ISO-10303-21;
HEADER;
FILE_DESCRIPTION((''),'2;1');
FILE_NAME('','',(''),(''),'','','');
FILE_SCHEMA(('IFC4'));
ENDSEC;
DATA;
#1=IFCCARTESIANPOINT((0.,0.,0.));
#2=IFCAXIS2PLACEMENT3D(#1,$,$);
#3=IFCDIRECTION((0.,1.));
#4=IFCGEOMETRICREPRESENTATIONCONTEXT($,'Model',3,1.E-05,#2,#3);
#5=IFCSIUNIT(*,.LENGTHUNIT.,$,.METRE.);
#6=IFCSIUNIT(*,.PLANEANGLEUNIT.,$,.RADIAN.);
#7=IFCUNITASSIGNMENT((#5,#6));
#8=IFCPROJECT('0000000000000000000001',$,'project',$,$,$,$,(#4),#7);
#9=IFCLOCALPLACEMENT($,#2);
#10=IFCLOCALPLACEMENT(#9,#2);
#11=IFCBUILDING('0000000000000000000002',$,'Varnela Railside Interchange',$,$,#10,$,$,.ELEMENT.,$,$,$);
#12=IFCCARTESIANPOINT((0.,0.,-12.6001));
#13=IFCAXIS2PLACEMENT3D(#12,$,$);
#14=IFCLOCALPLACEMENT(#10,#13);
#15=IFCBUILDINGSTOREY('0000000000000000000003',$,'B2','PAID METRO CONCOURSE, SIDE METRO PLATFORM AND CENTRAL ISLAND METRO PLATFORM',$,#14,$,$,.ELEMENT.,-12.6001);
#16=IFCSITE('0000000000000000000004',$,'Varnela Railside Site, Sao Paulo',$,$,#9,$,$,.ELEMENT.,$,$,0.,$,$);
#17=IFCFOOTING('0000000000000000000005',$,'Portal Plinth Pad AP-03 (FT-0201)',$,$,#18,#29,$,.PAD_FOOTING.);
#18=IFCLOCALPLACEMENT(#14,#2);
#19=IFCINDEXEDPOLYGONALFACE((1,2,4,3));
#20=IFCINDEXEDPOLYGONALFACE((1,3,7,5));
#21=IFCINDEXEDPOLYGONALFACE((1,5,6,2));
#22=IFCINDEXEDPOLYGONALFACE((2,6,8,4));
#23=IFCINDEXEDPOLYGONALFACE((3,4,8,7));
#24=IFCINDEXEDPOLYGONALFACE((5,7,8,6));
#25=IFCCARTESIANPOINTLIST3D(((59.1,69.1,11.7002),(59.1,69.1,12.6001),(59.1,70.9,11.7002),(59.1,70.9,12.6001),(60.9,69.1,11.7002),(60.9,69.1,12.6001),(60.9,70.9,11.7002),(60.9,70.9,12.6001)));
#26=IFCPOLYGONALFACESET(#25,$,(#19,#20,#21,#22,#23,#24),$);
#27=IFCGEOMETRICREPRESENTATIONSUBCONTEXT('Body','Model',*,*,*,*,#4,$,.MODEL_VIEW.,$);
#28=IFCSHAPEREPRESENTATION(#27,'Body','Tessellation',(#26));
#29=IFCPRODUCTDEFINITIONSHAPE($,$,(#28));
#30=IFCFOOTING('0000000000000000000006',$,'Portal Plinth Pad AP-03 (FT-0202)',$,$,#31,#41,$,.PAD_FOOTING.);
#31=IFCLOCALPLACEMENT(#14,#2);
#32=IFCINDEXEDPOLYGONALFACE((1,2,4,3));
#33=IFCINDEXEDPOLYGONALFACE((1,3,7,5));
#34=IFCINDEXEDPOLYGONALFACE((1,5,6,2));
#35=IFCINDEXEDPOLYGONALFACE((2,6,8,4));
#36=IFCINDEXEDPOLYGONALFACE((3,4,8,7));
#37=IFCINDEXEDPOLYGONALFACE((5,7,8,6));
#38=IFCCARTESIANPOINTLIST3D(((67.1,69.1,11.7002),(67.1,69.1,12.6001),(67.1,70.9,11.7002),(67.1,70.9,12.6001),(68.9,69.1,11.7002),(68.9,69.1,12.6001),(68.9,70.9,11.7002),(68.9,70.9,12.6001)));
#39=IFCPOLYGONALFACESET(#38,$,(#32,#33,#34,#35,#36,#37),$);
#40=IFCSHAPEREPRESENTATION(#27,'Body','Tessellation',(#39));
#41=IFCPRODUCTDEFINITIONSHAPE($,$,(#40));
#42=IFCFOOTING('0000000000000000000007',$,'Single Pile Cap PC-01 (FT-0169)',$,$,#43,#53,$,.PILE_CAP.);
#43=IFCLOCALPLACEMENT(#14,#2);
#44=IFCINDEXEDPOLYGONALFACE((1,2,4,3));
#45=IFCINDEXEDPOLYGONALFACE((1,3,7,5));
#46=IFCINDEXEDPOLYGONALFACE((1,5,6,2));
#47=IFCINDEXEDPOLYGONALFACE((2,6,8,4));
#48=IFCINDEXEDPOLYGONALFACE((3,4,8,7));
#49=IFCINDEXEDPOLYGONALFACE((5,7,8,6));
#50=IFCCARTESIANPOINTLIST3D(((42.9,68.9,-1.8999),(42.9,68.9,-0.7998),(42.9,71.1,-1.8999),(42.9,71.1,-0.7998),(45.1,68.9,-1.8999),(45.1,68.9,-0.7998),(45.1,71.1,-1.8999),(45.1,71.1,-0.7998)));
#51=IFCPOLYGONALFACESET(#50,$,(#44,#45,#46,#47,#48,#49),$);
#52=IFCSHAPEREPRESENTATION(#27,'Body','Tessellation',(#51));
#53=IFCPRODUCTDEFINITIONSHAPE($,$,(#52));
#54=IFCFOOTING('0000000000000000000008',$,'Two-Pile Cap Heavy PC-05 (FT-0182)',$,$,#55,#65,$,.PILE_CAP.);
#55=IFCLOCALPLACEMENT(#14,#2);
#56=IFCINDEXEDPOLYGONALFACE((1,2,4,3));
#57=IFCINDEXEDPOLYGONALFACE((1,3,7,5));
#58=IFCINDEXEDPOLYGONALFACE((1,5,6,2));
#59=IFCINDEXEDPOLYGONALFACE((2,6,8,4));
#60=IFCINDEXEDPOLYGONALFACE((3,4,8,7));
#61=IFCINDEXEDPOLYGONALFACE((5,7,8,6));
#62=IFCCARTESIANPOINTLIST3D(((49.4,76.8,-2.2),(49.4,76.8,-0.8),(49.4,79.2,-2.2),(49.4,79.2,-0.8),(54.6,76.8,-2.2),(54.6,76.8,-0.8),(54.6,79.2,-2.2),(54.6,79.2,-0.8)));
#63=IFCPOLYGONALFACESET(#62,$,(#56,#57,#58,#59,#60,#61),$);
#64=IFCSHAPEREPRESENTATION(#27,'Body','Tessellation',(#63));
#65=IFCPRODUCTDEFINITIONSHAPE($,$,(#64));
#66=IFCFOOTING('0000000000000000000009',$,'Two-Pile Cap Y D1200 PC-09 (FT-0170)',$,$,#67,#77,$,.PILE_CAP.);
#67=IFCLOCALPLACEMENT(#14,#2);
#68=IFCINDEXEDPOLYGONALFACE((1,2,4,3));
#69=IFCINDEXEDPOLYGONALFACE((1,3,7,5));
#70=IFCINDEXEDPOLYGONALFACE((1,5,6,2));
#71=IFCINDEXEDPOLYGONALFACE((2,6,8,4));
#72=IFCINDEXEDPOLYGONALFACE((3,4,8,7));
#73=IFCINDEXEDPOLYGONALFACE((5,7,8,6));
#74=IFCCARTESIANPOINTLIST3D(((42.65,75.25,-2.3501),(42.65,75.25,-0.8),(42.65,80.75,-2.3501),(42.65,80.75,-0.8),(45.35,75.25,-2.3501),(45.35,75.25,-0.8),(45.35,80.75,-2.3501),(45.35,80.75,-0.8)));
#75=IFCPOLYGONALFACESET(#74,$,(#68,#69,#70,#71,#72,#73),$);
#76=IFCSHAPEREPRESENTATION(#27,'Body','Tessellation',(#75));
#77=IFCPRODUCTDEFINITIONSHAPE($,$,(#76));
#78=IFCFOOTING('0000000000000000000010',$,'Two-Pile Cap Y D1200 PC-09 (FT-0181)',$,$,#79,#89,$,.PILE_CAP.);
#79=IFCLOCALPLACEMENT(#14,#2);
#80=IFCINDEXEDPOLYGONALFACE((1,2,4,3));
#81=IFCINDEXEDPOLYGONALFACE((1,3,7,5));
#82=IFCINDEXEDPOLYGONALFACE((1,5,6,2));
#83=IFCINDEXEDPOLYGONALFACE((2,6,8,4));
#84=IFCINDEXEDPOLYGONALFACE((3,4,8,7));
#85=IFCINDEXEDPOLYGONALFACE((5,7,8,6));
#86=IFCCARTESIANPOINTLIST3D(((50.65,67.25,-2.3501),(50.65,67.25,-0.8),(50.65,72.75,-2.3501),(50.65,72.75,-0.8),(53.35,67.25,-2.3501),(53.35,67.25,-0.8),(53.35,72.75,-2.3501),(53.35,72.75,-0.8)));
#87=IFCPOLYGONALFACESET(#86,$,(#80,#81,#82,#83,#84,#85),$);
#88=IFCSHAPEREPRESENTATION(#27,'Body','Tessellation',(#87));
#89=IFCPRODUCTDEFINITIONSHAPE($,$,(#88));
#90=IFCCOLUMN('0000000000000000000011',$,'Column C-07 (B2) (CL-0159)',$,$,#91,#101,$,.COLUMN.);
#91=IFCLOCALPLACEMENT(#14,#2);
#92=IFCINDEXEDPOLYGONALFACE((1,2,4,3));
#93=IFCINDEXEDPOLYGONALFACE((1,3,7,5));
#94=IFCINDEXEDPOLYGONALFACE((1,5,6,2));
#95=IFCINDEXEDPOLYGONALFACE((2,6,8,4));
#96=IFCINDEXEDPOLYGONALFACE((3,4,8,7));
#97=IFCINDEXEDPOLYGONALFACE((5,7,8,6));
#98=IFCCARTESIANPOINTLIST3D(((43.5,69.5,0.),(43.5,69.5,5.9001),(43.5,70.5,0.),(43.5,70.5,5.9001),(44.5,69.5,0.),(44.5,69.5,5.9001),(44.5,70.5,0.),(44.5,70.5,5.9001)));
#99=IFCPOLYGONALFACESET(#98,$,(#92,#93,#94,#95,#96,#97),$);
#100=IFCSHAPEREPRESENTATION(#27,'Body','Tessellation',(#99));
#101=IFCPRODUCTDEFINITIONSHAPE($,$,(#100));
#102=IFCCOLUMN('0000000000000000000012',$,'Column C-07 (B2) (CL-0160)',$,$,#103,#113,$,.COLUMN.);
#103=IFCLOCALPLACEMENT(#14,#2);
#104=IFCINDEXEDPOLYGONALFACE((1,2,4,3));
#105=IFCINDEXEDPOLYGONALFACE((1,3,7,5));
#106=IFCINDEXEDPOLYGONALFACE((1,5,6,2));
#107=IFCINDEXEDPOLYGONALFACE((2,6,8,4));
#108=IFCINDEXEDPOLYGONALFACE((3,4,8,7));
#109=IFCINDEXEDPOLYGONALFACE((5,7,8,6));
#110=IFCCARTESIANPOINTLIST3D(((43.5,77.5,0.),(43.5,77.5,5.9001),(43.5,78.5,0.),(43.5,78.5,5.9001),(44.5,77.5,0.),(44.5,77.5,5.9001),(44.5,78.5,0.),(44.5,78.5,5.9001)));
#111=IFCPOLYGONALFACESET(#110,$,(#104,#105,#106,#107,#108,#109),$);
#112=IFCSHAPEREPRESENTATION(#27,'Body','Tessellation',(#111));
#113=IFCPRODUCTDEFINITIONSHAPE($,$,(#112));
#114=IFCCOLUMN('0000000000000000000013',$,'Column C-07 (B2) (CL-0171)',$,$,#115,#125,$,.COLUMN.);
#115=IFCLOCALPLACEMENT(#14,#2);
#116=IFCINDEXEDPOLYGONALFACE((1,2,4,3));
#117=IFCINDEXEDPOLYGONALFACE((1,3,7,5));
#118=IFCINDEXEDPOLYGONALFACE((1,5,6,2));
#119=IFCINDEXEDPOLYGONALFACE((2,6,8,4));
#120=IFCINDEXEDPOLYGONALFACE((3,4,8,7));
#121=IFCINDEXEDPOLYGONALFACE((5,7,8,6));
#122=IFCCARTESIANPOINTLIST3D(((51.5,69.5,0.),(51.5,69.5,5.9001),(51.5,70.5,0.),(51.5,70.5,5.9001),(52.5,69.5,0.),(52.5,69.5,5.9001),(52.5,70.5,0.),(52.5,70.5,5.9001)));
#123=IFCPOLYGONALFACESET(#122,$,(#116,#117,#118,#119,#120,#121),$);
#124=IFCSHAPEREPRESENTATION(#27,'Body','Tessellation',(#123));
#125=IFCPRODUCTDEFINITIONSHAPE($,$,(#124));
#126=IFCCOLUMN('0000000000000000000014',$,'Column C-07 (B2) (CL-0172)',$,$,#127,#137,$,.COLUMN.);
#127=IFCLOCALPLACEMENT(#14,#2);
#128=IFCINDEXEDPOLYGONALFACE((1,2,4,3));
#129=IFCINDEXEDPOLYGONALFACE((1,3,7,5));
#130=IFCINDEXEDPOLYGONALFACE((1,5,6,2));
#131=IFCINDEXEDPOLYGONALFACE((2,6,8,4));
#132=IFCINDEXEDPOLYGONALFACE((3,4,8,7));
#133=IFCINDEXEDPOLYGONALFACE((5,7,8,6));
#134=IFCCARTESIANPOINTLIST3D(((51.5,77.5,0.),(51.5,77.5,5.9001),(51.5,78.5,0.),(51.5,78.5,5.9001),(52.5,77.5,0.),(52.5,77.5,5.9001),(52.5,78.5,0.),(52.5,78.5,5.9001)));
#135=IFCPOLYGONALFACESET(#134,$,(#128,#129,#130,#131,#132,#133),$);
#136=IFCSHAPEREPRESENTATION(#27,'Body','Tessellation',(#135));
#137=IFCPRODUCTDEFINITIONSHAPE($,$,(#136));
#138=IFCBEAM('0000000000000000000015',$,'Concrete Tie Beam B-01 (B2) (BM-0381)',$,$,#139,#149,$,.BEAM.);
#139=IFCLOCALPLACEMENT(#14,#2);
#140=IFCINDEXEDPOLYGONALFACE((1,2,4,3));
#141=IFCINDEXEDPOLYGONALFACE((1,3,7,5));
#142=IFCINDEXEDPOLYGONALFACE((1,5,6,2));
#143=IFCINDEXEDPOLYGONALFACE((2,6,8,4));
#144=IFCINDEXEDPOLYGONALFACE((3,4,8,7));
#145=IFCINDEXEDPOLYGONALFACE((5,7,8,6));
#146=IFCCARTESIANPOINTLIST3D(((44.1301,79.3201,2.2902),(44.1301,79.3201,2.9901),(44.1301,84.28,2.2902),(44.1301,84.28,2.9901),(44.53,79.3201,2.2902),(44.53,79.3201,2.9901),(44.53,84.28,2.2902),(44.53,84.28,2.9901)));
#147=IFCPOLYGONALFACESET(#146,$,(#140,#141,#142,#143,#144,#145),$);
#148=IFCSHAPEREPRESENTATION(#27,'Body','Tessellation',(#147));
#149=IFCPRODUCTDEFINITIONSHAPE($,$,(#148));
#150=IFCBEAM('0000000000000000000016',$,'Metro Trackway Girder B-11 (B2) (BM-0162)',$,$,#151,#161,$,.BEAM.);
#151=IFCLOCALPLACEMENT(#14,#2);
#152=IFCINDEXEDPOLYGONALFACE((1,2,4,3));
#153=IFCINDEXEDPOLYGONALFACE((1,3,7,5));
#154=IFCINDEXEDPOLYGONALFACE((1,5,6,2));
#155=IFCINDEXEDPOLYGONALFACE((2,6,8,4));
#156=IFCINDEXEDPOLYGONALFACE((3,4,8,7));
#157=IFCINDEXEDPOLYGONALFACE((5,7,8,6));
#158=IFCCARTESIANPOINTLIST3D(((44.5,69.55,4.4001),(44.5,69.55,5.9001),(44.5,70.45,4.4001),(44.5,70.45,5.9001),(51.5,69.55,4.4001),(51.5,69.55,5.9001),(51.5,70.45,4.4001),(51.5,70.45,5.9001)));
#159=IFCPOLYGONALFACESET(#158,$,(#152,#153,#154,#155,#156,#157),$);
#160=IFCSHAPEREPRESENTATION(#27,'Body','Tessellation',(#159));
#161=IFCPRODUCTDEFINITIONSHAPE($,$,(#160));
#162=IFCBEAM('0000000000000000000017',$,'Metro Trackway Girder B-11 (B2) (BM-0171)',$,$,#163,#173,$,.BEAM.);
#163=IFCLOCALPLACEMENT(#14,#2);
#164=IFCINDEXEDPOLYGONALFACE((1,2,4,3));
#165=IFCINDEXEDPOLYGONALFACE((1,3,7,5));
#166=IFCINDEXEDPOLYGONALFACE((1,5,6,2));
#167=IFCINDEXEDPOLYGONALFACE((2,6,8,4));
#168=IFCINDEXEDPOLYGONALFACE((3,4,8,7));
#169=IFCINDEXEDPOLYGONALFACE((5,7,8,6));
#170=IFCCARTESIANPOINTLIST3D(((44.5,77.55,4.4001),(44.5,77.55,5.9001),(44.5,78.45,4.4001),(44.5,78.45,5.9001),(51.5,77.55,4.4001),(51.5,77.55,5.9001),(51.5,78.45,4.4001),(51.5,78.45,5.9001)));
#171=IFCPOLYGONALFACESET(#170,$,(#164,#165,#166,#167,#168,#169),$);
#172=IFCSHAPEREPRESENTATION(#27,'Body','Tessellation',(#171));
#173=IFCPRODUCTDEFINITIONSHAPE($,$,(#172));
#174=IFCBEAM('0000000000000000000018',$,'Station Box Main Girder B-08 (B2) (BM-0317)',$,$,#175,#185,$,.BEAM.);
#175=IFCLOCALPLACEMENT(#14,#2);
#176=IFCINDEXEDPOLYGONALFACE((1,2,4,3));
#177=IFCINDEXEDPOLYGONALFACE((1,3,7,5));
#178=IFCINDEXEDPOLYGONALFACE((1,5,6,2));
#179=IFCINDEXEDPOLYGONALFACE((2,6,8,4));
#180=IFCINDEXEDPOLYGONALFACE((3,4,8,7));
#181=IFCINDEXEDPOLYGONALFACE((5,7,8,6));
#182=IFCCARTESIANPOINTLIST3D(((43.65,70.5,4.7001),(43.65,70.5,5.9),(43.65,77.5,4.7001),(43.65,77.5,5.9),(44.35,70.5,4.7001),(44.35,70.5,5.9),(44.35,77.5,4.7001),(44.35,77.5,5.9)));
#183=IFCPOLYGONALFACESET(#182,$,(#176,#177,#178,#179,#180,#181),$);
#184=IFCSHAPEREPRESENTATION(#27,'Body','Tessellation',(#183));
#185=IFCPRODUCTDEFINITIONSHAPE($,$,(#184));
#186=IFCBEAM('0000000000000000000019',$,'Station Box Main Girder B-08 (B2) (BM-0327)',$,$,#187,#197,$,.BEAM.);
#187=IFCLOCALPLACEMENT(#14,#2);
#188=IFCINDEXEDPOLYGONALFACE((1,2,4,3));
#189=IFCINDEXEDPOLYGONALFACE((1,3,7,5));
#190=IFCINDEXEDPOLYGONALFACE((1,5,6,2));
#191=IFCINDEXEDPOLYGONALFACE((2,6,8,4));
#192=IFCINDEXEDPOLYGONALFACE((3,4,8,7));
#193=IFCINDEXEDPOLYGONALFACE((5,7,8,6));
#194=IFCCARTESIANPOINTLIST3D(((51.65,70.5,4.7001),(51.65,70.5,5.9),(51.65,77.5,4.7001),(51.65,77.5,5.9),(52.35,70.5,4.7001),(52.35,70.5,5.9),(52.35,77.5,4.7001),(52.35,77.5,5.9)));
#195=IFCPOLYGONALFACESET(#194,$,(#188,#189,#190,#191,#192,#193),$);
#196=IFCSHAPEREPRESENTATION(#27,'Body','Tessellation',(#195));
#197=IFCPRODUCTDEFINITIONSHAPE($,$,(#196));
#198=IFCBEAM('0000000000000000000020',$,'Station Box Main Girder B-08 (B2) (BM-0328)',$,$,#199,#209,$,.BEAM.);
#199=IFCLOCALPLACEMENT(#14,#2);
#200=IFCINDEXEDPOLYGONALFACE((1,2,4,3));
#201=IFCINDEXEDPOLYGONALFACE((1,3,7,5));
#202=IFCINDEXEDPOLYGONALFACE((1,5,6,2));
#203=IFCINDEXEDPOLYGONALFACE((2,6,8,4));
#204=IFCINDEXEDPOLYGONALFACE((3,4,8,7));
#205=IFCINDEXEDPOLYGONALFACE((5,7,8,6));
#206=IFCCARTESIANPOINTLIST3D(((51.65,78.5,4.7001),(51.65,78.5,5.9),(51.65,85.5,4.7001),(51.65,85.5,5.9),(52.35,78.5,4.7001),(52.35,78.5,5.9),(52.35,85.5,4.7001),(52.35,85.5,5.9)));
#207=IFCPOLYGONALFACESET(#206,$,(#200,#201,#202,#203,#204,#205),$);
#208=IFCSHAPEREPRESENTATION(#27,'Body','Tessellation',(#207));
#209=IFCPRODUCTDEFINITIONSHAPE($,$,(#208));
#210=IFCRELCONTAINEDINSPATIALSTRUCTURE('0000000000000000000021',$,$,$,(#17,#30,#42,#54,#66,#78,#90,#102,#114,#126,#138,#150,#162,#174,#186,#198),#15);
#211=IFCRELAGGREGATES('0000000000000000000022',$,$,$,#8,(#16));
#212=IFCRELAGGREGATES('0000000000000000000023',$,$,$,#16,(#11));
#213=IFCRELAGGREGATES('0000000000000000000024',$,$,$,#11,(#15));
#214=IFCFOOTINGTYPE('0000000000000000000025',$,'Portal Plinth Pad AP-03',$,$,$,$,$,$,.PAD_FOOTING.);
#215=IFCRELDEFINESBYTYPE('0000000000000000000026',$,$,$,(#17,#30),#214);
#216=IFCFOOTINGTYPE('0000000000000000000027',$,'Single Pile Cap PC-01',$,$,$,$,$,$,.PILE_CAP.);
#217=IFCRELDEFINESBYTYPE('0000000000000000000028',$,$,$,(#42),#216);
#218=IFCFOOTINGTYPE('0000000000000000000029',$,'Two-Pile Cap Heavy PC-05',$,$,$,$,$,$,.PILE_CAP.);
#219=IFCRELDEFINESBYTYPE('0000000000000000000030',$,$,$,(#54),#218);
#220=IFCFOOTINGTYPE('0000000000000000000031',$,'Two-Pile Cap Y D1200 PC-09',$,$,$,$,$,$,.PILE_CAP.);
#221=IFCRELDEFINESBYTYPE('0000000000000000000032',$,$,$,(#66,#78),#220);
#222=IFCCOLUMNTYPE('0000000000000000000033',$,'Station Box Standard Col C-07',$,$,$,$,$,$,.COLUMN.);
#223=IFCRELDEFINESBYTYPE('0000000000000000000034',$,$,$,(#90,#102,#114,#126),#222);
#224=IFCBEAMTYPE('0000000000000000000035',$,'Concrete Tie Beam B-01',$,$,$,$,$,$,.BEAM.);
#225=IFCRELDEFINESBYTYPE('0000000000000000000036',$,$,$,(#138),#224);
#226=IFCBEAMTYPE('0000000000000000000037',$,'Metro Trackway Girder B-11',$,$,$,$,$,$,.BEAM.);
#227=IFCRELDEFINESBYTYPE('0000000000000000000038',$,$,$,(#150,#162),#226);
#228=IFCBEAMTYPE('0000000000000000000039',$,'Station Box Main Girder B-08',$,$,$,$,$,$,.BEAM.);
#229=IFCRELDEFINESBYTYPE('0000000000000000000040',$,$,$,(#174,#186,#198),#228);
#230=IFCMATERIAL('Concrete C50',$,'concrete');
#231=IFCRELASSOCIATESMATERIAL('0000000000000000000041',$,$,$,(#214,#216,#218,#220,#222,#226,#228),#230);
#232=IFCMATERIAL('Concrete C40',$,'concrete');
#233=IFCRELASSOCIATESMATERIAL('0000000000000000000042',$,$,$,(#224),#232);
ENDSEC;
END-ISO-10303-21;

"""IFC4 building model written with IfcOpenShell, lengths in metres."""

from ifc_helpers import new_model, si_unit, direction, frame, origin, origin_2d, place, context, subcontext, project, spatial, rectangle, extrude, material, material_profile, profile_set, type_object, element, save


model = new_model("IFC4")

# Units and contexts
model_context = context("Model", 3, precision=1e-05, world=origin(), true_north=direction((0.0, 1.0)))
body_context = subcontext(model_context, "Body", "Model", "MODEL_VIEW")
ifc_project = project(units=[si_unit("LENGTHUNIT", "METRE"), si_unit("PLANEANGLEUNIT", "RADIAN")], contexts=[model_context])

# Site, building, storey
site_placement = place(None, origin())
site = spatial("IfcSite", under=ifc_project, at=site_placement, Name="Varnela Railside Site, Sao Paulo", CompositionType="ELEMENT", RefElevation=0.0)
building_placement = place(site_placement, origin())
building = spatial("IfcBuilding", under=site, at=building_placement, Name="Varnela Railside Interchange", CompositionType="ELEMENT")
storey_placement = place(building_placement, frame((0.0, 0.0, -12.6001)))
storey = spatial("IfcBuildingStorey", under=building, at=storey_placement, Name="B2", Description="PAID METRO CONCOURSE, SIDE METRO PLATFORM AND CENTRAL ISLAND METRO PLATFORM", CompositionType="ELEMENT", Elevation=-12.6001)

# Shared definitions
ifc_material_1 = material(Name="Concrete C40", Category="concrete")

# Footings
ifc_material_2 = material(Name="Concrete C50", Category="concrete")
footing_type_1 = type_object("IfcFootingType", Name="Portal Plinth Pad AP-03", PredefinedType="PAD_FOOTING", material=ifc_material_2)
for number, where, z_axis, x_axis, name in (
    (1, (60.0, 70.0, 11.7002), (0.0, 0.0, 1.0), (1.0, 0.0, 0.0), "Portal Plinth Pad AP-03 (FT-0201)"),
    (2, (68.0, 70.0, 11.7002), (0.0, 0.0, 1.0), (1.0, 0.0, 0.0), "Portal Plinth Pad AP-03 (FT-0202)"),
):
    element("IfcFooting", number, at=place(storey_placement, frame(where, z_axis=z_axis, x_axis=x_axis)), inside=storey, type_object=footing_type_1, Name=name, PredefinedType="PAD_FOOTING", context=body_context, shape_type="SweptSolid", body=[
        extrude(rectangle(XDim=1.8, YDim=1.8, at=origin_2d()), origin(), (0.0, 0.0, 1.0), 0.8999),
    ])
footing_type_2 = type_object("IfcFootingType", Name="Single Pile Cap PC-01", PredefinedType="PILE_CAP", material=ifc_material_2)
footing_1_placement = place(storey_placement, frame((44.0, 70.0, -1.8999), z_axis=(0.0, 0.0, 1.0), x_axis=(1.0, 0.0, 0.0)))
element("IfcFooting", 3, at=footing_1_placement, inside=storey, type_object=footing_type_2, Name="Single Pile Cap PC-01 (FT-0169)", PredefinedType="PILE_CAP", context=body_context, shape_type="SweptSolid", body=[
    extrude(rectangle(XDim=2.2, YDim=2.2, at=origin_2d()), origin(), (0.0, 0.0, 1.0), 1.1001),
])
footing_type_3 = type_object("IfcFootingType", Name="Two-Pile Cap Heavy PC-05", PredefinedType="PILE_CAP", material=ifc_material_2)
footing_2_placement = place(storey_placement, frame((52.0, 78.0, -2.2), z_axis=(0.0, 0.0, 1.0), x_axis=(1.0, 0.0, 0.0)))
element("IfcFooting", 4, at=footing_2_placement, inside=storey, type_object=footing_type_3, Name="Two-Pile Cap Heavy PC-05 (FT-0182)", PredefinedType="PILE_CAP", context=body_context, shape_type="SweptSolid", body=[
    extrude(rectangle(XDim=5.2, YDim=2.3999, at=origin_2d()), origin(), (0.0, 0.0, 1.0), 1.3999),
])
footing_type_4 = type_object("IfcFootingType", Name="Two-Pile Cap Y D1200 PC-09", PredefinedType="PILE_CAP", material=ifc_material_2)
for number, where, z_axis, x_axis, name in (
    (5, (44.0, 78.0, -2.3501), (0.0, 0.0, 1.0), (1.0, 0.0, 0.0), "Two-Pile Cap Y D1200 PC-09 (FT-0170)"),
    (6, (52.0, 70.0, -2.3501), (0.0, 0.0, 1.0), (1.0, 0.0, 0.0), "Two-Pile Cap Y D1200 PC-09 (FT-0181)"),
):
    element("IfcFooting", number, at=place(storey_placement, frame(where, z_axis=z_axis, x_axis=x_axis)), inside=storey, type_object=footing_type_4, Name=name, PredefinedType="PILE_CAP", context=body_context, shape_type="SweptSolid", body=[
        extrude(rectangle(XDim=2.7, YDim=5.5, at=origin_2d()), origin(), (0.0, 0.0, 1.0), 1.55),
    ])

# Columns
ifc_material_profile_1 = material_profile(ifc_material_2, rectangle(XDim=1.0, YDim=1.0, at=origin_2d()), Name="RC 1000x1000")
ifc_profile_set_1 = profile_set([ifc_material_profile_1], Name="Concrete C50")
column_type = type_object("IfcColumnType", Name="Station Box Standard Col C-07", PredefinedType="COLUMN", material=ifc_profile_set_1)
for number, where, z_axis, x_axis, name in (
    (7, (44.0, 70.0, 0.0), (0.0, 0.0, 1.0), (1.0, 0.0, 0.0), "Column C-07 (B2) (CL-0159)"),
    (8, (44.0, 78.0, 0.0), (0.0, 0.0, 1.0), (1.0, 0.0, 0.0), "Column C-07 (B2) (CL-0160)"),
    (9, (52.0, 70.0, 0.0), (0.0, 0.0, 1.0), (1.0, 0.0, 0.0), "Column C-07 (B2) (CL-0171)"),
    (10, (52.0, 78.0, 0.0), (0.0, 0.0, 1.0), (1.0, 0.0, 0.0), "Column C-07 (B2) (CL-0172)"),
):
    element("IfcColumn", number, at=place(storey_placement, frame(where, z_axis=z_axis, x_axis=x_axis)), inside=storey, type_object=column_type, Name=name, PredefinedType="COLUMN", context=body_context, shape_type="SweptSolid", body=[
        extrude(rectangle(XDim=1.0, YDim=1.0, at=origin_2d()), origin(), (0.0, 0.0, 1.0), 5.9001),
    ])

# Beams
ifc_material_profile_2 = material_profile(ifc_material_1, rectangle(XDim=0.3999, YDim=0.7, at=origin_2d()), Name="RC 400x700")
ifc_profile_set_2 = profile_set([ifc_material_profile_2], Name="Concrete C40")
beam_type_1 = type_object("IfcBeamType", Name="Concrete Tie Beam B-01", PredefinedType="BEAM", material=ifc_profile_set_2)
beam_placement = place(storey_placement, frame((44.3301, 79.3201, 2.6401), z_axis=(0.0, 1.0, 0.0), x_axis=(-1.0, 0.0, 0.0)))
element("IfcBeam", 11, at=beam_placement, inside=storey, type_object=beam_type_1, Name="Concrete Tie Beam B-01 (B2) (BM-0381)", PredefinedType="BEAM", context=body_context, shape_type="SweptSolid", body=[
    extrude(rectangle(XDim=0.3999, YDim=0.7, at=origin_2d()), origin(), (0.0, 0.0, 1.0), 4.96),
])
ifc_material_profile_3 = material_profile(ifc_material_2, rectangle(XDim=0.8999, YDim=1.5, at=origin_2d()), Name="RC 900x1500")
ifc_profile_set_3 = profile_set([ifc_material_profile_3], Name="Concrete C50")
beam_type_2 = type_object("IfcBeamType", Name="Metro Trackway Girder B-11", PredefinedType="BEAM", material=ifc_profile_set_3)
for number, where, z_axis, x_axis, name in (
    (12, (44.5, 70.0, 5.1501), (1.0, 0.0, 0.0), (0.0, 1.0, 0.0), "Metro Trackway Girder B-11 (B2) (BM-0162)"),
    (13, (44.5, 78.0, 5.1501), (1.0, 0.0, 0.0), (0.0, 1.0, 0.0), "Metro Trackway Girder B-11 (B2) (BM-0171)"),
):
    element("IfcBeam", number, at=place(storey_placement, frame(where, z_axis=z_axis, x_axis=x_axis)), inside=storey, type_object=beam_type_2, Name=name, PredefinedType="BEAM", context=body_context, shape_type="SweptSolid", body=[
        extrude(rectangle(XDim=0.8999, YDim=1.5, at=origin_2d()), origin(), (0.0, 0.0, 1.0), 7.0),
    ])
ifc_material_profile_4 = material_profile(ifc_material_2, rectangle(XDim=0.7, YDim=1.2, at=origin_2d()), Name="RC 700x1200")
ifc_profile_set_4 = profile_set([ifc_material_profile_4], Name="Concrete C50")
beam_type_3 = type_object("IfcBeamType", Name="Station Box Main Girder B-08", PredefinedType="BEAM", material=ifc_profile_set_4)
for number, where, z_axis, x_axis, name in (
    (14, (44.0, 70.5, 5.3), (0.0, 1.0, 0.0), (-1.0, 0.0, 0.0), "Station Box Main Girder B-08 (B2) (BM-0317)"),
    (15, (52.0, 70.5, 5.3), (0.0, 1.0, 0.0), (-1.0, 0.0, 0.0), "Station Box Main Girder B-08 (B2) (BM-0327)"),
    (16, (52.0, 78.5, 5.3), (0.0, 1.0, 0.0), (-1.0, 0.0, 0.0), "Station Box Main Girder B-08 (B2) (BM-0328)"),
):
    element("IfcBeam", number, at=place(storey_placement, frame(where, z_axis=z_axis, x_axis=x_axis)), inside=storey, type_object=beam_type_3, Name=name, PredefinedType="BEAM", context=body_context, shape_type="SweptSolid", body=[
        extrude(rectangle(XDim=0.7, YDim=1.2, at=origin_2d()), origin(), (0.0, 0.0, 1.0), 7.0),
    ])

save(model, "model.ifc")
